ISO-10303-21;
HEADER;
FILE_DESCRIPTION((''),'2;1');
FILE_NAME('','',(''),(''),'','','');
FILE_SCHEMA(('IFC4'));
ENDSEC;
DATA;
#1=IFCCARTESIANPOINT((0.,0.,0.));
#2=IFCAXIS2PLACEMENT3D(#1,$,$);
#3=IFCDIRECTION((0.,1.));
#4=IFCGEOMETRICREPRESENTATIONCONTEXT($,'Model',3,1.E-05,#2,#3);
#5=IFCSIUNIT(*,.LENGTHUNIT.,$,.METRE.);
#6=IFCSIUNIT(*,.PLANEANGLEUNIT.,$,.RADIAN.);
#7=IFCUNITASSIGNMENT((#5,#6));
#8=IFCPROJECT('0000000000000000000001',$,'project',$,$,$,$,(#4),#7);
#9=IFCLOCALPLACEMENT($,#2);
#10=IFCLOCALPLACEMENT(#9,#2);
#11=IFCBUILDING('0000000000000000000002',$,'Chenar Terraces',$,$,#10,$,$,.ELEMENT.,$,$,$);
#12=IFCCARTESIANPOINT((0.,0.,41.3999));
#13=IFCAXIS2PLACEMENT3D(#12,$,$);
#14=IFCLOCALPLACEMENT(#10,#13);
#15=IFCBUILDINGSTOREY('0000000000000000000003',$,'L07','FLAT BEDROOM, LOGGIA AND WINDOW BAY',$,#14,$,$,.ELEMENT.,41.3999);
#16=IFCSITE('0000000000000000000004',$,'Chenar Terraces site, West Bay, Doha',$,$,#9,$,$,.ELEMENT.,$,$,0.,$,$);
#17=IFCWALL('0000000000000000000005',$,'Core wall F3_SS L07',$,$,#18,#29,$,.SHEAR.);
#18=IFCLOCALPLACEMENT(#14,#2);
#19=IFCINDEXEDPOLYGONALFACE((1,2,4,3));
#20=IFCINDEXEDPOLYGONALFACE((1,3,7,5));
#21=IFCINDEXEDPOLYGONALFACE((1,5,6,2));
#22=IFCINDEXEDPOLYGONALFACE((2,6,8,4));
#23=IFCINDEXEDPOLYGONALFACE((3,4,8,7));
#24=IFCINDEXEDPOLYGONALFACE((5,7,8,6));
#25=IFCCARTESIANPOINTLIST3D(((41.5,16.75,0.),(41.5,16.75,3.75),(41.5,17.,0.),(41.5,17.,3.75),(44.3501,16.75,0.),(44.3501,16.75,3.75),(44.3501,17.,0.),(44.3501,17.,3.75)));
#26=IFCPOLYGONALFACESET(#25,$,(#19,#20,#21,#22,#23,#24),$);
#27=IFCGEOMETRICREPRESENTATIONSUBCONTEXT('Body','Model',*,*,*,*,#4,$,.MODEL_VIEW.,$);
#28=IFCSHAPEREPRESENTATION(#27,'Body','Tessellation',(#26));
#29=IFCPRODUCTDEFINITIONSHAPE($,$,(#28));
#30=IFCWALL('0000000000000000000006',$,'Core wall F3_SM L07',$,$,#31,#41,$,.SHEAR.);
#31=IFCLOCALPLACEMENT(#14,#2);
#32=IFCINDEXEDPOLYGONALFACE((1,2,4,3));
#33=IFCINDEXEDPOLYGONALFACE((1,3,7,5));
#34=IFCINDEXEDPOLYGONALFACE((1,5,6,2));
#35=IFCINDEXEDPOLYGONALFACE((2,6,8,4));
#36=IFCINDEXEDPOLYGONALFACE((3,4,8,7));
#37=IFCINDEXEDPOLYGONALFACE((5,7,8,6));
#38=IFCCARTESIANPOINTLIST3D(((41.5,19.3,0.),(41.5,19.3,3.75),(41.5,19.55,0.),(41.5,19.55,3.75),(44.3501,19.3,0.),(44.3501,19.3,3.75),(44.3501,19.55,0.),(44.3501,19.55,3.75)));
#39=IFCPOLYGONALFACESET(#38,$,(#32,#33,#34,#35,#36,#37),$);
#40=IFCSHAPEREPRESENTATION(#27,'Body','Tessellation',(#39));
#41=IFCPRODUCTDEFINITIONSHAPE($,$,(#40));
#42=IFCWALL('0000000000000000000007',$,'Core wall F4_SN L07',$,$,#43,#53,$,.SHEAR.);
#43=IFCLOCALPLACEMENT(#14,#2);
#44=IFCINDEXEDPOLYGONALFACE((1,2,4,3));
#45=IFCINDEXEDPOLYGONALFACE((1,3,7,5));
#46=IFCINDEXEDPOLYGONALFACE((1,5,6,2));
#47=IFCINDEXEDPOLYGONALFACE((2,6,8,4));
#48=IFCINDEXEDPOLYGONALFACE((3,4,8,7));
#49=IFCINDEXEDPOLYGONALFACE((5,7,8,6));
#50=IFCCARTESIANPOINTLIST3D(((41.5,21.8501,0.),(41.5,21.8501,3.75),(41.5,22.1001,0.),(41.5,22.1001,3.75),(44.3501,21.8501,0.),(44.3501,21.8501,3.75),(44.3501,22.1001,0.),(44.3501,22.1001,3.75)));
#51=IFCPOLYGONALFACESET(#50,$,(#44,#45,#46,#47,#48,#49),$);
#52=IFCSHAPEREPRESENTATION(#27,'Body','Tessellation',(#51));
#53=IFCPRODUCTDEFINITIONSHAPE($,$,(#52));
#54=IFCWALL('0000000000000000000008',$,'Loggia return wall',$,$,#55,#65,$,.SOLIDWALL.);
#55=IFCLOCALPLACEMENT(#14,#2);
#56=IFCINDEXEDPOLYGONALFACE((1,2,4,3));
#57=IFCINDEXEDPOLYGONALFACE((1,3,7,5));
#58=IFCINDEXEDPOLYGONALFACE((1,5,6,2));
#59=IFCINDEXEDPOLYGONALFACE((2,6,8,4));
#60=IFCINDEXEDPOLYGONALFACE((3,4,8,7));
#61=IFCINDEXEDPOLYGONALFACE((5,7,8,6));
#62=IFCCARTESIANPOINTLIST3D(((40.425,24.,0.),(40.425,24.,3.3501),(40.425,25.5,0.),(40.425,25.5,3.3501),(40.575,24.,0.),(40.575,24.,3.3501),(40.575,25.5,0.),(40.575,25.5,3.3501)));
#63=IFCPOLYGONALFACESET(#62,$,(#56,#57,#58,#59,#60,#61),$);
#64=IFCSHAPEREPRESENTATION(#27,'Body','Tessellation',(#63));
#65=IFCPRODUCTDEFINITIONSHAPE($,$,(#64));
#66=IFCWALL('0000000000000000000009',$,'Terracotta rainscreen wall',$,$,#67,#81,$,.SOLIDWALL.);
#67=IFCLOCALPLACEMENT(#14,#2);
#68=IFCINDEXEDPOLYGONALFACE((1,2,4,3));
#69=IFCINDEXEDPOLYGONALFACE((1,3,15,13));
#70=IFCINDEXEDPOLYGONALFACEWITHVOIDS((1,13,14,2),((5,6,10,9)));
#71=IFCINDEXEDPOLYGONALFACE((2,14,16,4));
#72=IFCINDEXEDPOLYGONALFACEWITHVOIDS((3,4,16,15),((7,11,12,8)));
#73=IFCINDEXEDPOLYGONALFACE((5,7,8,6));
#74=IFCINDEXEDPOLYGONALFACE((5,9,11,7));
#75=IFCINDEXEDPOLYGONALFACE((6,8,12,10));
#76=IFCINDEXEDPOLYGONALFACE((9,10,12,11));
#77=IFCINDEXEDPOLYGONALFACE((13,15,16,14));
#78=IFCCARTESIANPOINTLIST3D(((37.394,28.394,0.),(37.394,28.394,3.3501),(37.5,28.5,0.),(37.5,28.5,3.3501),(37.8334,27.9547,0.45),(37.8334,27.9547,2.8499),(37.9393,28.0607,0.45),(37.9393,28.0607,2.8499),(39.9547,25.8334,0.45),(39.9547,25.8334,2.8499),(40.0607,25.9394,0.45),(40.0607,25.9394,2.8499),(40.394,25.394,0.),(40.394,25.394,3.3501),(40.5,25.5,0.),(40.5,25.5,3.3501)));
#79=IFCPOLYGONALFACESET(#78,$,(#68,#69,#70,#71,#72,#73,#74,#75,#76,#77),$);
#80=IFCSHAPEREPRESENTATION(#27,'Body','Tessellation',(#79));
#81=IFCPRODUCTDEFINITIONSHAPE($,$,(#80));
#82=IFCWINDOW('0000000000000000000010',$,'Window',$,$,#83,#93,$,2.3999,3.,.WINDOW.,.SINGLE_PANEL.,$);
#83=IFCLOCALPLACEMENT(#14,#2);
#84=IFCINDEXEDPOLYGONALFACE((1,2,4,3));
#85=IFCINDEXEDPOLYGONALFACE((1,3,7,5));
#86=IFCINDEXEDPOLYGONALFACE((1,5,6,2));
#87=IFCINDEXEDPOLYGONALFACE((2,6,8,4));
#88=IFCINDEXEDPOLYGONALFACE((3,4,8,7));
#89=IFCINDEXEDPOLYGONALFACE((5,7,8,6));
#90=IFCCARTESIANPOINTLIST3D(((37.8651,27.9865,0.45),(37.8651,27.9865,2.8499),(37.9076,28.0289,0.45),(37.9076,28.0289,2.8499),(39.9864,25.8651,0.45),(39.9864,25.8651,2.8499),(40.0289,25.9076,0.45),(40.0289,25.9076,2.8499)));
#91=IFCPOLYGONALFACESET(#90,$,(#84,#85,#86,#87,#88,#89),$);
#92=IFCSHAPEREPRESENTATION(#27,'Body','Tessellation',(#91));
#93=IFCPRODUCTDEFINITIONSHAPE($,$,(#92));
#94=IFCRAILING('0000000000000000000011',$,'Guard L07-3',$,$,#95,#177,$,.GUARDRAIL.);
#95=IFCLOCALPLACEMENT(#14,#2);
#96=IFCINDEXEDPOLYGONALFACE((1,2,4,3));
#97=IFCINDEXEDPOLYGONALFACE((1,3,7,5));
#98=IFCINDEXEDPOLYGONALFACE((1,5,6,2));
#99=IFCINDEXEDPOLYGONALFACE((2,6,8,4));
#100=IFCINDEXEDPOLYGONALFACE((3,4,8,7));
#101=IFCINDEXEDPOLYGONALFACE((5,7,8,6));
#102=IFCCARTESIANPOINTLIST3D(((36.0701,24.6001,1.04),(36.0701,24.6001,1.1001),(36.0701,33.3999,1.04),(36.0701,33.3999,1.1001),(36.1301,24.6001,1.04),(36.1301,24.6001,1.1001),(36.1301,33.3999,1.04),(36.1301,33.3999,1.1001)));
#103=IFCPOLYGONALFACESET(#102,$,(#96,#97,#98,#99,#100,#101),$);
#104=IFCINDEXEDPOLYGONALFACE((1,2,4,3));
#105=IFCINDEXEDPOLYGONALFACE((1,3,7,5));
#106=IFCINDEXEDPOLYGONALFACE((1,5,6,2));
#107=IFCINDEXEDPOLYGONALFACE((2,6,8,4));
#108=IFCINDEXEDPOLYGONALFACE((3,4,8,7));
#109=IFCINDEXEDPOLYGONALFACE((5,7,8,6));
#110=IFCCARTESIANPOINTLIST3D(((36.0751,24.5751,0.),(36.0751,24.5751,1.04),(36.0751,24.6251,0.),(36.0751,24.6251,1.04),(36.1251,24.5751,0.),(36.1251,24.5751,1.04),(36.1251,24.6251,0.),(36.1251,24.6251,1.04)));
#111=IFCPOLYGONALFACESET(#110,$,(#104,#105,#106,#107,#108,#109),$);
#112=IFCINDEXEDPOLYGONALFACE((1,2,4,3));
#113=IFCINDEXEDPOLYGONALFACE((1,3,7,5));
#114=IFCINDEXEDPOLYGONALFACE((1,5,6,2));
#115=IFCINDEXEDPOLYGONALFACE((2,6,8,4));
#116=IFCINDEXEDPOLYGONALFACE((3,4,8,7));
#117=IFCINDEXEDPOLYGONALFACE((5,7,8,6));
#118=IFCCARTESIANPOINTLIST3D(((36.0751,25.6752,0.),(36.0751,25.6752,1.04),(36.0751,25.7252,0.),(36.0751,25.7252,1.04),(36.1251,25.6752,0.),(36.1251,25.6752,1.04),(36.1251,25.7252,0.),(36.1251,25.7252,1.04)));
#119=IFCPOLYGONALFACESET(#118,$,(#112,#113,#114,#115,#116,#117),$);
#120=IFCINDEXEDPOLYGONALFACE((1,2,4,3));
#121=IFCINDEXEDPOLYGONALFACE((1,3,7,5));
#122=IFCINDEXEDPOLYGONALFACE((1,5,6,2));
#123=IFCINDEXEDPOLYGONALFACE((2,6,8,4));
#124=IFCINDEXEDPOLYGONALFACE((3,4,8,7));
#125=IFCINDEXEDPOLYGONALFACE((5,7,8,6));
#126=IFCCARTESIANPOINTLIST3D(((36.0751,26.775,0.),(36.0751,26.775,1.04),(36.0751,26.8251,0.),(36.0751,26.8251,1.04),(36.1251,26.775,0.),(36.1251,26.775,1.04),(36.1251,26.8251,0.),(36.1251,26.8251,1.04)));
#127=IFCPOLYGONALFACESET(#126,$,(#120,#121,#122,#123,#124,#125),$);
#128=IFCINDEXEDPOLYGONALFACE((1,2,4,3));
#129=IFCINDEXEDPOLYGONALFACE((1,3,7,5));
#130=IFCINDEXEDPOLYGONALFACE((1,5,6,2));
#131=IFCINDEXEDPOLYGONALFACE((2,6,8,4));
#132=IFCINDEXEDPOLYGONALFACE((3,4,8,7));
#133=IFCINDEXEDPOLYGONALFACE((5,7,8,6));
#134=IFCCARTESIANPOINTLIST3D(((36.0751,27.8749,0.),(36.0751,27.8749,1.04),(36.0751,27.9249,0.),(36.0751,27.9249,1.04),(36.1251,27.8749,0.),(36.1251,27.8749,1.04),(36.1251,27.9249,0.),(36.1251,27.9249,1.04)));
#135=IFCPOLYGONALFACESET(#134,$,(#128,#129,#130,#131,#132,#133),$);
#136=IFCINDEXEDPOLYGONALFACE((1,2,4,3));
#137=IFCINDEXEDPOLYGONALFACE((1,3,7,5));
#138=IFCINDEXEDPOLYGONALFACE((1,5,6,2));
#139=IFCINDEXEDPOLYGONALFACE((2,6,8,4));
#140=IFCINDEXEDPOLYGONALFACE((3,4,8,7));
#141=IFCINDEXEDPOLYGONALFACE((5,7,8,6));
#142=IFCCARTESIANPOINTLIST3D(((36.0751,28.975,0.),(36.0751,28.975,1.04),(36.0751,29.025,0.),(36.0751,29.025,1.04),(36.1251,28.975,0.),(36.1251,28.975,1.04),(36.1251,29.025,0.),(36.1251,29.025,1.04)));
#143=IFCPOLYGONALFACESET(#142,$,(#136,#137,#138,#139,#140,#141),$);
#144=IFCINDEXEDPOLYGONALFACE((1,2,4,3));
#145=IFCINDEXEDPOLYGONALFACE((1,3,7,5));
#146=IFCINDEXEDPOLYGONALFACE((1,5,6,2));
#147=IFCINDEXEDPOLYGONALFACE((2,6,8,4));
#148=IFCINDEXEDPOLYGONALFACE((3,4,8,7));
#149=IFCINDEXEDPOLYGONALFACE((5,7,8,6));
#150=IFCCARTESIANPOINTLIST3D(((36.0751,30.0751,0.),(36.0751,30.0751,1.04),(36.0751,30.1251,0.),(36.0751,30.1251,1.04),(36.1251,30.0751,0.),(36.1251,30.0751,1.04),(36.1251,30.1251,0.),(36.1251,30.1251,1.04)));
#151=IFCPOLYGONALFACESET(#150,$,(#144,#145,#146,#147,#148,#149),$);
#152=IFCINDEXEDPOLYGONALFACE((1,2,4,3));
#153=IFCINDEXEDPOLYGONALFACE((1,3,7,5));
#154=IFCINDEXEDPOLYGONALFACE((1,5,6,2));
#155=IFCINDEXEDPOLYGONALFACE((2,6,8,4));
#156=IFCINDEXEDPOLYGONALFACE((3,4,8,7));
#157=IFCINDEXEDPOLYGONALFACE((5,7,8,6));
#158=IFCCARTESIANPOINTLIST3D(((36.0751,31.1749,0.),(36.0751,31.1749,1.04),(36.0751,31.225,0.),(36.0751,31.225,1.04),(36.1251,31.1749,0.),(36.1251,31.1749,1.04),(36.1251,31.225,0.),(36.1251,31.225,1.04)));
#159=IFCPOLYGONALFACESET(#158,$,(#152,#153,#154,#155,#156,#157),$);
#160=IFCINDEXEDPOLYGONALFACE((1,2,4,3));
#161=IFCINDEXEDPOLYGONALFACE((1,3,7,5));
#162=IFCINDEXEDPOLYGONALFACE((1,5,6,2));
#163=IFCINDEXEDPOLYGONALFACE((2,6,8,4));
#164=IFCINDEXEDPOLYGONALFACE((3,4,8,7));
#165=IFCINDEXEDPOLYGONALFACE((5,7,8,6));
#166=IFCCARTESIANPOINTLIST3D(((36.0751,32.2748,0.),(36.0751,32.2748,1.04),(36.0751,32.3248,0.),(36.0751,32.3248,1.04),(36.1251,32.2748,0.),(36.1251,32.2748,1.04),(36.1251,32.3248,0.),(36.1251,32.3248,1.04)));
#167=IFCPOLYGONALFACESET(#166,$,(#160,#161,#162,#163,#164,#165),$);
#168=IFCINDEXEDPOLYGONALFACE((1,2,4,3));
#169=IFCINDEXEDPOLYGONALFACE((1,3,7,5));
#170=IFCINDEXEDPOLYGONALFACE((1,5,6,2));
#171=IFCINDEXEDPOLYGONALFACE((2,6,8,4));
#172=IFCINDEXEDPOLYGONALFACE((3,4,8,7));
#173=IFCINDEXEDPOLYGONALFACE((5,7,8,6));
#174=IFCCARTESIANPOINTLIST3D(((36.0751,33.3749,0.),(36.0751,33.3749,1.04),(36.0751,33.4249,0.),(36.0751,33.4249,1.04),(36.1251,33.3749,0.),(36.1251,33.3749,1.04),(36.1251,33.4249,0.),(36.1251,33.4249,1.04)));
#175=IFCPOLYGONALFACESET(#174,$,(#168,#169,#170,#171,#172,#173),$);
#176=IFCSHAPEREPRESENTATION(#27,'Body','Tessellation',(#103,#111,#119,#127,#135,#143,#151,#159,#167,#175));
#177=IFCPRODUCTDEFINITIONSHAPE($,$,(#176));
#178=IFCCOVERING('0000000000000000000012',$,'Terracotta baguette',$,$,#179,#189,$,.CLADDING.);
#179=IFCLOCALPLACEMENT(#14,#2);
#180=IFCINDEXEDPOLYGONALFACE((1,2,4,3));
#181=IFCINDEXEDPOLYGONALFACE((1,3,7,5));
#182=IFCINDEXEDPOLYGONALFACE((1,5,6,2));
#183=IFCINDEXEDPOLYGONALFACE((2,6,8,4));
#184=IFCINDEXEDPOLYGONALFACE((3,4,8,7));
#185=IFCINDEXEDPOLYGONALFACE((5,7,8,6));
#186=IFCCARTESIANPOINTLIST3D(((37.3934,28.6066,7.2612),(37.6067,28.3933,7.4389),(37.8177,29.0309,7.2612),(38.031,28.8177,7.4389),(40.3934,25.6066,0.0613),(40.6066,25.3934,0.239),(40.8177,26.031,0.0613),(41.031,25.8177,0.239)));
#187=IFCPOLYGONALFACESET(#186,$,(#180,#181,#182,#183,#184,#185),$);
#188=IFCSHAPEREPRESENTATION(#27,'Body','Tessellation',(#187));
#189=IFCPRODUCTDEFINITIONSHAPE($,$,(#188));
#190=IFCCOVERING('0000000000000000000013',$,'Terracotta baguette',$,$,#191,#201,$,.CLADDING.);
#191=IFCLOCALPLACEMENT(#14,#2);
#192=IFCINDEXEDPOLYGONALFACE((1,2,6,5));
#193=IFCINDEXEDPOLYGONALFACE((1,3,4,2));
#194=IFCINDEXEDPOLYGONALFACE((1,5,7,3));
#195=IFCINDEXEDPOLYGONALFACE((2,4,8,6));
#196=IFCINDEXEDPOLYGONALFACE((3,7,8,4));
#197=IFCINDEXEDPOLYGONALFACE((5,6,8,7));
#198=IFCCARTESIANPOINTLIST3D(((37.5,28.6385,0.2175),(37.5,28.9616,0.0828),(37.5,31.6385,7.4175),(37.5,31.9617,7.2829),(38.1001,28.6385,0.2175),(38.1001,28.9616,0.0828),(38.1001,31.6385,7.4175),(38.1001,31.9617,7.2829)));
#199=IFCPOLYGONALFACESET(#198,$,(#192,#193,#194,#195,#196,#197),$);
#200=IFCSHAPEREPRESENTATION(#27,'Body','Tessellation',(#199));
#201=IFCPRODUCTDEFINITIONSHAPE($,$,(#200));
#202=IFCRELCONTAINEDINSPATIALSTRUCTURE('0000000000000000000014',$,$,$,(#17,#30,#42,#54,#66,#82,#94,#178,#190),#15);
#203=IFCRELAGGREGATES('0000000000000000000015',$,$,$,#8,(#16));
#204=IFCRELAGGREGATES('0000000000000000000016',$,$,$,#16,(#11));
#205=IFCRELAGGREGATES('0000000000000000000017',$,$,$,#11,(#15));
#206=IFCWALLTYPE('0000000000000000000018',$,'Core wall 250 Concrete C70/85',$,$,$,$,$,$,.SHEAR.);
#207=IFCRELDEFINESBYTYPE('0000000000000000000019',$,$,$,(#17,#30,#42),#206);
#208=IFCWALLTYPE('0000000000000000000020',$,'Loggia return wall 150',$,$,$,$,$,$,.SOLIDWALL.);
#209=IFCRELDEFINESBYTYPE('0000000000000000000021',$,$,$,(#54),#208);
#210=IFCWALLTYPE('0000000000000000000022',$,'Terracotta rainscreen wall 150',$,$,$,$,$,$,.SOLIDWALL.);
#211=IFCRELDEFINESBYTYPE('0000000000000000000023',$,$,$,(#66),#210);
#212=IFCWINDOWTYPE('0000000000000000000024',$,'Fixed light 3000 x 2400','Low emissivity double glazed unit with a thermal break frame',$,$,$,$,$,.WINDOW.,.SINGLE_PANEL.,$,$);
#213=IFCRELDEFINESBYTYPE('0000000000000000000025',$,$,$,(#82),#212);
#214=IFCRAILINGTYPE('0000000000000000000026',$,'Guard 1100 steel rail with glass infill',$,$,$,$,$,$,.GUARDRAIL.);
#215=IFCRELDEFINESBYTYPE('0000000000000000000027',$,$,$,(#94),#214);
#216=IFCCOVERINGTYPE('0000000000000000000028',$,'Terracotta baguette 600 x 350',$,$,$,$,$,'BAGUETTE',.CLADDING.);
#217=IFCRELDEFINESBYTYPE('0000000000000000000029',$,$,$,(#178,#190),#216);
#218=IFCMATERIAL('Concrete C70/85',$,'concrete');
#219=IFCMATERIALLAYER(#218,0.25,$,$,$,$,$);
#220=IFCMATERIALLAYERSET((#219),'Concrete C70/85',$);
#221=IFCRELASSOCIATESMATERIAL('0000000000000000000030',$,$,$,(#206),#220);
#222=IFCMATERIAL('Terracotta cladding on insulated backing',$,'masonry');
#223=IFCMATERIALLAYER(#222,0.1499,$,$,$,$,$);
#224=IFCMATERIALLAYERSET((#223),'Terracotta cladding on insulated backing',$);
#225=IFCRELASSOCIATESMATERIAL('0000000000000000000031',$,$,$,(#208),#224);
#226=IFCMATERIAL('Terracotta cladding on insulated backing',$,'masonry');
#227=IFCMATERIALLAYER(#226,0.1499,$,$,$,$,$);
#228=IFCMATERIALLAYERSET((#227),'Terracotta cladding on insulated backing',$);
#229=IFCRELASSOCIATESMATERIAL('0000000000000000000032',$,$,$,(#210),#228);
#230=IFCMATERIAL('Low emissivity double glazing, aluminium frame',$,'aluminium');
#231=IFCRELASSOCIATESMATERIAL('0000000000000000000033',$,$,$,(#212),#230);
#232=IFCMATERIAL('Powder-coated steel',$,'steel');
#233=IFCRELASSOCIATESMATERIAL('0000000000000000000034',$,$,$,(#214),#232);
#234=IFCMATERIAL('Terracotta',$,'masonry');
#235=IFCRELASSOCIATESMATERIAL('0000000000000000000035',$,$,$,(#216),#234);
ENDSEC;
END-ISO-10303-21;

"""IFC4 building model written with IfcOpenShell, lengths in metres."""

from ifc_helpers import new_model, si_unit, direction, frame, frame_2d, origin, origin_2d, place, context, subcontext, project, spatial, rectangle, extrude, material, layer, layer_set, material_profile, profile_set, type_object, element, fill, save


model = new_model("IFC4")

# Units and contexts
model_context = context("Model", 3, precision=1e-05, world=origin(), true_north=direction((0.0, 1.0)))
body_context = subcontext(model_context, "Body", "Model", "MODEL_VIEW")
ifc_project = project(units=[si_unit("LENGTHUNIT", "METRE"), si_unit("PLANEANGLEUNIT", "RADIAN")], contexts=[model_context])

# Site, building, storey
site_placement = place(None, origin())
site = spatial("IfcSite", under=ifc_project, at=site_placement, Name="Chenar Terraces site, West Bay, Doha", CompositionType="ELEMENT", RefElevation=0.0)
building_placement = place(site_placement, origin())
building = spatial("IfcBuilding", under=site, at=building_placement, Name="Chenar Terraces", CompositionType="ELEMENT")
storey_placement = place(building_placement, frame((0.0, 0.0, 41.3999)))
storey = spatial("IfcBuildingStorey", under=building, at=storey_placement, Name="L07", Description="FLAT BEDROOM, LOGGIA AND WINDOW BAY", CompositionType="ELEMENT", Elevation=41.3999)

# Walls
ifc_material_1 = material(Name="Concrete C70/85", Category="concrete")
ifc_layer_1 = layer(ifc_material_1, 0.25)
ifc_layer_set_1 = layer_set([ifc_layer_1], Name="Concrete C70/85")
wall_type_1 = type_object("IfcWallType", Name="Core wall 250 Concrete C70/85", PredefinedType="SHEAR", material=ifc_layer_set_1)
for number, where, z_axis, x_axis, name in (
    (1, (41.5, 16.875, 0.0), (0.0, 0.0, 1.0), (1.0, 0.0, 0.0), "Core wall F3_SS L07"),
    (2, (41.5, 19.425, 0.0), (0.0, 0.0, 1.0), (1.0, 0.0, 0.0), "Core wall F3_SM L07"),
    (3, (41.5, 21.9751, 0.0), (0.0, 0.0, 1.0), (1.0, 0.0, 0.0), "Core wall F4_SN L07"),
):
    element("IfcWall", number, at=place(storey_placement, frame(where, z_axis=z_axis, x_axis=x_axis)), inside=storey, type_object=wall_type_1, Name=name, PredefinedType="SHEAR", context=body_context, shape_type="SweptSolid", body=[
        extrude(rectangle(XDim=2.8501, YDim=0.25, at=frame_2d((1.425, 0.0))), origin(), (0.0, 0.0, 1.0), 3.75),
    ])
ifc_material_2 = material(Name="Terracotta cladding on insulated backing", Category="masonry")
ifc_layer_2 = layer(ifc_material_2, 0.1499)
ifc_layer_set_2 = layer_set([ifc_layer_2], Name="Terracotta cladding on insulated backing")
wall_type_2 = type_object("IfcWallType", Name="Loggia return wall 150", PredefinedType="SOLIDWALL", material=ifc_layer_set_2)
wall_1_placement = place(storey_placement, frame((40.5, 25.5, 0.0), z_axis=(0.0, 0.0, 1.0), x_axis=(0.0, -1.0, 0.0)))
element("IfcWall", 4, at=wall_1_placement, inside=storey, type_object=wall_type_2, Name="Loggia return wall", PredefinedType="SOLIDWALL", context=body_context, shape_type="SweptSolid", body=[
    extrude(rectangle(XDim=1.5, YDim=0.1499, at=frame_2d((0.75, 0.0))), origin(), (0.0, 0.0, 1.0), 3.3501),
])

# Wall, opening, window
ifc_material_3 = material(Name="Terracotta cladding on insulated backing", Category="masonry")
ifc_layer_3 = layer(ifc_material_3, 0.1499)
ifc_layer_set_3 = layer_set([ifc_layer_3], Name="Terracotta cladding on insulated backing")
wall_type_3 = type_object("IfcWallType", Name="Terracotta rainscreen wall 150", PredefinedType="SOLIDWALL", material=ifc_layer_set_3)
wall_2_placement = place(storey_placement, frame((40.447, 25.447, 0.0), z_axis=(0.0, 0.0, 1.0), x_axis=(-0.707107, 0.707107, 0.0)))
wall_2 = element("IfcWall", 5, at=wall_2_placement, inside=storey, type_object=wall_type_3, Name="Terracotta rainscreen wall", PredefinedType="SOLIDWALL", context=body_context, shape_type="SweptSolid", body=[
    extrude(rectangle(XDim=4.2427, YDim=0.1499, at=frame_2d((2.1213, 0.0))), origin(), (0.0, 0.0, 1.0), 3.3501),
])
opening_1_placement = place(wall_2_placement, frame((0.6213, 0.0, 0.45)))
opening_1 = element("IfcOpeningElement", 6, at=opening_1_placement, cuts=wall_2, PredefinedType="OPENING", context=body_context, shape_type="SweptSolid", body=[
    extrude(rectangle(XDim=3.0, YDim=2.3999, at=frame_2d((1.5, 1.2))), frame((0.0, 0.085, 0.0), z_axis=(0.0, -1.0, 0.0), x_axis=(1.0, 0.0, 0.0)), (0.0, 0.0, 1.0), 0.1699),
])
ifc_material_4 = material(Name="Low emissivity double glazing, aluminium frame", Category="aluminium")
window_type = type_object("IfcWindowType", Name="Fixed light 3000 x 2400", Description="Low emissivity double glazed unit with a thermal break frame", PartitioningType="SINGLE_PANEL", PredefinedType="WINDOW", material=ifc_material_4)
window_placement = place(opening_1_placement, origin())
window = element("IfcWindow", 7, at=window_placement, inside=storey, type_object=window_type, Name="Window", OverallHeight=2.3999, OverallWidth=3.0, PartitioningType="SINGLE_PANEL", PredefinedType="WINDOW", context=body_context, shape_type="SweptSolid", body=[
    extrude(rectangle(XDim=3.0, YDim=2.3999, at=frame_2d((1.5, 1.2))), frame((0.0, 0.03, 0.0), z_axis=(0.0, -1.0, 0.0), x_axis=(1.0, 0.0, 0.0)), (0.0, 0.0, 1.0), 0.0601),
])
fill(opening_1, window)

# Railing
ifc_material_5 = material(Name="Powder-coated steel", Category="steel")
railing_type = type_object("IfcRailingType", Name="Guard 1100 steel rail with glass infill", PredefinedType="GUARDRAIL", material=ifc_material_5)
railing_placement = place(storey_placement, frame((36.1001, 24.6001, 0.0)))
element("IfcRailing", 8, at=railing_placement, inside=storey, type_object=railing_type, Name="Guard L07-3", PredefinedType="GUARDRAIL", context=body_context, shape_type="SweptSolid", body=[
    extrude(rectangle(XDim=0.0601, YDim=0.0601, at=origin_2d()), frame((0.0, 0.0, 1.0701), z_axis=(0.0, 1.0, 0.0), x_axis=(-1.0, 0.0, 0.0)), (0.0, 0.0, 1.0), 8.7998),
    extrude(rectangle(XDim=0.05, YDim=0.05, at=origin_2d()), origin(), (0.0, 0.0, 1.0), 1.04),
    extrude(rectangle(XDim=0.05, YDim=0.05, at=origin_2d()), frame((0.0, 1.1001, 0.0)), (0.0, 0.0, 1.0), 1.04),
    extrude(rectangle(XDim=0.05, YDim=0.05, at=origin_2d()), frame((0.0, 2.2, 0.0)), (0.0, 0.0, 1.0), 1.04),
    extrude(rectangle(XDim=0.05, YDim=0.05, at=origin_2d()), frame((0.0, 3.2998, 0.0)), (0.0, 0.0, 1.0), 1.04),
    extrude(rectangle(XDim=0.05, YDim=0.05, at=origin_2d()), frame((0.0, 4.3999, 0.0)), (0.0, 0.0, 1.0), 1.04),
    extrude(rectangle(XDim=0.05, YDim=0.05, at=origin_2d()), frame((0.0, 5.5, 0.0)), (0.0, 0.0, 1.0), 1.04),
    extrude(rectangle(XDim=0.05, YDim=0.05, at=origin_2d()), frame((0.0, 6.5999, 0.0)), (0.0, 0.0, 1.0), 1.04),
    extrude(rectangle(XDim=0.05, YDim=0.05, at=origin_2d()), frame((0.0, 7.6997, 0.0)), (0.0, 0.0, 1.0), 1.04),
    extrude(rectangle(XDim=0.05, YDim=0.05, at=origin_2d()), frame((0.0, 8.7998, 0.0)), (0.0, 0.0, 1.0), 1.04),
])

# Coverings
ifc_material_6 = material(Name="Terracotta", Category="masonry")
ifc_material_profile_1 = material_profile(ifc_material_6, rectangle(XDim=0.6001, YDim=0.3501, at=origin_2d()), Name="Terracotta baguette 600 x 350")
ifc_profile_set_1 = profile_set([ifc_material_profile_1], Name="Terracotta")
covering_type = type_object("IfcCoveringType", Name="Terracotta baguette 600 x 350", ElementType="BAGUETTE", PredefinedType="CLADDING", material=ifc_profile_set_1)
covering_1_placement = place(storey_placement, frame((40.7122, 25.7122, 0.1501), z_axis=(-0.358981, 0.358981, 0.861548), x_axis=(-0.707107, -0.707107, 0.0)))
element("IfcCovering", 9, at=covering_1_placement, inside=storey, type_object=covering_type, Name="Terracotta baguette", PredefinedType="CLADDING", context=body_context, shape_type="SweptSolid", body=[
    extrude(rectangle(XDim=0.6001, YDim=0.3501, at=origin_2d()), origin(), (0.0, 0.0, 1.0), 8.3569),
])
covering_2_placement = place(storey_placement, frame((37.8, 28.8, 0.1501), z_axis=(0.0, 0.384618, 0.923076), x_axis=(-1.0, 0.0, 0.0)))
element("IfcCovering", 10, at=covering_2_placement, inside=storey, type_object=covering_type, Name="Terracotta baguette", PredefinedType="CLADDING", context=body_context, shape_type="SweptSolid", body=[
    extrude(rectangle(XDim=0.6001, YDim=0.3501, at=origin_2d()), origin(), (0.0, 0.0, 1.0), 7.8),
])

save(model, "model.ifc")
